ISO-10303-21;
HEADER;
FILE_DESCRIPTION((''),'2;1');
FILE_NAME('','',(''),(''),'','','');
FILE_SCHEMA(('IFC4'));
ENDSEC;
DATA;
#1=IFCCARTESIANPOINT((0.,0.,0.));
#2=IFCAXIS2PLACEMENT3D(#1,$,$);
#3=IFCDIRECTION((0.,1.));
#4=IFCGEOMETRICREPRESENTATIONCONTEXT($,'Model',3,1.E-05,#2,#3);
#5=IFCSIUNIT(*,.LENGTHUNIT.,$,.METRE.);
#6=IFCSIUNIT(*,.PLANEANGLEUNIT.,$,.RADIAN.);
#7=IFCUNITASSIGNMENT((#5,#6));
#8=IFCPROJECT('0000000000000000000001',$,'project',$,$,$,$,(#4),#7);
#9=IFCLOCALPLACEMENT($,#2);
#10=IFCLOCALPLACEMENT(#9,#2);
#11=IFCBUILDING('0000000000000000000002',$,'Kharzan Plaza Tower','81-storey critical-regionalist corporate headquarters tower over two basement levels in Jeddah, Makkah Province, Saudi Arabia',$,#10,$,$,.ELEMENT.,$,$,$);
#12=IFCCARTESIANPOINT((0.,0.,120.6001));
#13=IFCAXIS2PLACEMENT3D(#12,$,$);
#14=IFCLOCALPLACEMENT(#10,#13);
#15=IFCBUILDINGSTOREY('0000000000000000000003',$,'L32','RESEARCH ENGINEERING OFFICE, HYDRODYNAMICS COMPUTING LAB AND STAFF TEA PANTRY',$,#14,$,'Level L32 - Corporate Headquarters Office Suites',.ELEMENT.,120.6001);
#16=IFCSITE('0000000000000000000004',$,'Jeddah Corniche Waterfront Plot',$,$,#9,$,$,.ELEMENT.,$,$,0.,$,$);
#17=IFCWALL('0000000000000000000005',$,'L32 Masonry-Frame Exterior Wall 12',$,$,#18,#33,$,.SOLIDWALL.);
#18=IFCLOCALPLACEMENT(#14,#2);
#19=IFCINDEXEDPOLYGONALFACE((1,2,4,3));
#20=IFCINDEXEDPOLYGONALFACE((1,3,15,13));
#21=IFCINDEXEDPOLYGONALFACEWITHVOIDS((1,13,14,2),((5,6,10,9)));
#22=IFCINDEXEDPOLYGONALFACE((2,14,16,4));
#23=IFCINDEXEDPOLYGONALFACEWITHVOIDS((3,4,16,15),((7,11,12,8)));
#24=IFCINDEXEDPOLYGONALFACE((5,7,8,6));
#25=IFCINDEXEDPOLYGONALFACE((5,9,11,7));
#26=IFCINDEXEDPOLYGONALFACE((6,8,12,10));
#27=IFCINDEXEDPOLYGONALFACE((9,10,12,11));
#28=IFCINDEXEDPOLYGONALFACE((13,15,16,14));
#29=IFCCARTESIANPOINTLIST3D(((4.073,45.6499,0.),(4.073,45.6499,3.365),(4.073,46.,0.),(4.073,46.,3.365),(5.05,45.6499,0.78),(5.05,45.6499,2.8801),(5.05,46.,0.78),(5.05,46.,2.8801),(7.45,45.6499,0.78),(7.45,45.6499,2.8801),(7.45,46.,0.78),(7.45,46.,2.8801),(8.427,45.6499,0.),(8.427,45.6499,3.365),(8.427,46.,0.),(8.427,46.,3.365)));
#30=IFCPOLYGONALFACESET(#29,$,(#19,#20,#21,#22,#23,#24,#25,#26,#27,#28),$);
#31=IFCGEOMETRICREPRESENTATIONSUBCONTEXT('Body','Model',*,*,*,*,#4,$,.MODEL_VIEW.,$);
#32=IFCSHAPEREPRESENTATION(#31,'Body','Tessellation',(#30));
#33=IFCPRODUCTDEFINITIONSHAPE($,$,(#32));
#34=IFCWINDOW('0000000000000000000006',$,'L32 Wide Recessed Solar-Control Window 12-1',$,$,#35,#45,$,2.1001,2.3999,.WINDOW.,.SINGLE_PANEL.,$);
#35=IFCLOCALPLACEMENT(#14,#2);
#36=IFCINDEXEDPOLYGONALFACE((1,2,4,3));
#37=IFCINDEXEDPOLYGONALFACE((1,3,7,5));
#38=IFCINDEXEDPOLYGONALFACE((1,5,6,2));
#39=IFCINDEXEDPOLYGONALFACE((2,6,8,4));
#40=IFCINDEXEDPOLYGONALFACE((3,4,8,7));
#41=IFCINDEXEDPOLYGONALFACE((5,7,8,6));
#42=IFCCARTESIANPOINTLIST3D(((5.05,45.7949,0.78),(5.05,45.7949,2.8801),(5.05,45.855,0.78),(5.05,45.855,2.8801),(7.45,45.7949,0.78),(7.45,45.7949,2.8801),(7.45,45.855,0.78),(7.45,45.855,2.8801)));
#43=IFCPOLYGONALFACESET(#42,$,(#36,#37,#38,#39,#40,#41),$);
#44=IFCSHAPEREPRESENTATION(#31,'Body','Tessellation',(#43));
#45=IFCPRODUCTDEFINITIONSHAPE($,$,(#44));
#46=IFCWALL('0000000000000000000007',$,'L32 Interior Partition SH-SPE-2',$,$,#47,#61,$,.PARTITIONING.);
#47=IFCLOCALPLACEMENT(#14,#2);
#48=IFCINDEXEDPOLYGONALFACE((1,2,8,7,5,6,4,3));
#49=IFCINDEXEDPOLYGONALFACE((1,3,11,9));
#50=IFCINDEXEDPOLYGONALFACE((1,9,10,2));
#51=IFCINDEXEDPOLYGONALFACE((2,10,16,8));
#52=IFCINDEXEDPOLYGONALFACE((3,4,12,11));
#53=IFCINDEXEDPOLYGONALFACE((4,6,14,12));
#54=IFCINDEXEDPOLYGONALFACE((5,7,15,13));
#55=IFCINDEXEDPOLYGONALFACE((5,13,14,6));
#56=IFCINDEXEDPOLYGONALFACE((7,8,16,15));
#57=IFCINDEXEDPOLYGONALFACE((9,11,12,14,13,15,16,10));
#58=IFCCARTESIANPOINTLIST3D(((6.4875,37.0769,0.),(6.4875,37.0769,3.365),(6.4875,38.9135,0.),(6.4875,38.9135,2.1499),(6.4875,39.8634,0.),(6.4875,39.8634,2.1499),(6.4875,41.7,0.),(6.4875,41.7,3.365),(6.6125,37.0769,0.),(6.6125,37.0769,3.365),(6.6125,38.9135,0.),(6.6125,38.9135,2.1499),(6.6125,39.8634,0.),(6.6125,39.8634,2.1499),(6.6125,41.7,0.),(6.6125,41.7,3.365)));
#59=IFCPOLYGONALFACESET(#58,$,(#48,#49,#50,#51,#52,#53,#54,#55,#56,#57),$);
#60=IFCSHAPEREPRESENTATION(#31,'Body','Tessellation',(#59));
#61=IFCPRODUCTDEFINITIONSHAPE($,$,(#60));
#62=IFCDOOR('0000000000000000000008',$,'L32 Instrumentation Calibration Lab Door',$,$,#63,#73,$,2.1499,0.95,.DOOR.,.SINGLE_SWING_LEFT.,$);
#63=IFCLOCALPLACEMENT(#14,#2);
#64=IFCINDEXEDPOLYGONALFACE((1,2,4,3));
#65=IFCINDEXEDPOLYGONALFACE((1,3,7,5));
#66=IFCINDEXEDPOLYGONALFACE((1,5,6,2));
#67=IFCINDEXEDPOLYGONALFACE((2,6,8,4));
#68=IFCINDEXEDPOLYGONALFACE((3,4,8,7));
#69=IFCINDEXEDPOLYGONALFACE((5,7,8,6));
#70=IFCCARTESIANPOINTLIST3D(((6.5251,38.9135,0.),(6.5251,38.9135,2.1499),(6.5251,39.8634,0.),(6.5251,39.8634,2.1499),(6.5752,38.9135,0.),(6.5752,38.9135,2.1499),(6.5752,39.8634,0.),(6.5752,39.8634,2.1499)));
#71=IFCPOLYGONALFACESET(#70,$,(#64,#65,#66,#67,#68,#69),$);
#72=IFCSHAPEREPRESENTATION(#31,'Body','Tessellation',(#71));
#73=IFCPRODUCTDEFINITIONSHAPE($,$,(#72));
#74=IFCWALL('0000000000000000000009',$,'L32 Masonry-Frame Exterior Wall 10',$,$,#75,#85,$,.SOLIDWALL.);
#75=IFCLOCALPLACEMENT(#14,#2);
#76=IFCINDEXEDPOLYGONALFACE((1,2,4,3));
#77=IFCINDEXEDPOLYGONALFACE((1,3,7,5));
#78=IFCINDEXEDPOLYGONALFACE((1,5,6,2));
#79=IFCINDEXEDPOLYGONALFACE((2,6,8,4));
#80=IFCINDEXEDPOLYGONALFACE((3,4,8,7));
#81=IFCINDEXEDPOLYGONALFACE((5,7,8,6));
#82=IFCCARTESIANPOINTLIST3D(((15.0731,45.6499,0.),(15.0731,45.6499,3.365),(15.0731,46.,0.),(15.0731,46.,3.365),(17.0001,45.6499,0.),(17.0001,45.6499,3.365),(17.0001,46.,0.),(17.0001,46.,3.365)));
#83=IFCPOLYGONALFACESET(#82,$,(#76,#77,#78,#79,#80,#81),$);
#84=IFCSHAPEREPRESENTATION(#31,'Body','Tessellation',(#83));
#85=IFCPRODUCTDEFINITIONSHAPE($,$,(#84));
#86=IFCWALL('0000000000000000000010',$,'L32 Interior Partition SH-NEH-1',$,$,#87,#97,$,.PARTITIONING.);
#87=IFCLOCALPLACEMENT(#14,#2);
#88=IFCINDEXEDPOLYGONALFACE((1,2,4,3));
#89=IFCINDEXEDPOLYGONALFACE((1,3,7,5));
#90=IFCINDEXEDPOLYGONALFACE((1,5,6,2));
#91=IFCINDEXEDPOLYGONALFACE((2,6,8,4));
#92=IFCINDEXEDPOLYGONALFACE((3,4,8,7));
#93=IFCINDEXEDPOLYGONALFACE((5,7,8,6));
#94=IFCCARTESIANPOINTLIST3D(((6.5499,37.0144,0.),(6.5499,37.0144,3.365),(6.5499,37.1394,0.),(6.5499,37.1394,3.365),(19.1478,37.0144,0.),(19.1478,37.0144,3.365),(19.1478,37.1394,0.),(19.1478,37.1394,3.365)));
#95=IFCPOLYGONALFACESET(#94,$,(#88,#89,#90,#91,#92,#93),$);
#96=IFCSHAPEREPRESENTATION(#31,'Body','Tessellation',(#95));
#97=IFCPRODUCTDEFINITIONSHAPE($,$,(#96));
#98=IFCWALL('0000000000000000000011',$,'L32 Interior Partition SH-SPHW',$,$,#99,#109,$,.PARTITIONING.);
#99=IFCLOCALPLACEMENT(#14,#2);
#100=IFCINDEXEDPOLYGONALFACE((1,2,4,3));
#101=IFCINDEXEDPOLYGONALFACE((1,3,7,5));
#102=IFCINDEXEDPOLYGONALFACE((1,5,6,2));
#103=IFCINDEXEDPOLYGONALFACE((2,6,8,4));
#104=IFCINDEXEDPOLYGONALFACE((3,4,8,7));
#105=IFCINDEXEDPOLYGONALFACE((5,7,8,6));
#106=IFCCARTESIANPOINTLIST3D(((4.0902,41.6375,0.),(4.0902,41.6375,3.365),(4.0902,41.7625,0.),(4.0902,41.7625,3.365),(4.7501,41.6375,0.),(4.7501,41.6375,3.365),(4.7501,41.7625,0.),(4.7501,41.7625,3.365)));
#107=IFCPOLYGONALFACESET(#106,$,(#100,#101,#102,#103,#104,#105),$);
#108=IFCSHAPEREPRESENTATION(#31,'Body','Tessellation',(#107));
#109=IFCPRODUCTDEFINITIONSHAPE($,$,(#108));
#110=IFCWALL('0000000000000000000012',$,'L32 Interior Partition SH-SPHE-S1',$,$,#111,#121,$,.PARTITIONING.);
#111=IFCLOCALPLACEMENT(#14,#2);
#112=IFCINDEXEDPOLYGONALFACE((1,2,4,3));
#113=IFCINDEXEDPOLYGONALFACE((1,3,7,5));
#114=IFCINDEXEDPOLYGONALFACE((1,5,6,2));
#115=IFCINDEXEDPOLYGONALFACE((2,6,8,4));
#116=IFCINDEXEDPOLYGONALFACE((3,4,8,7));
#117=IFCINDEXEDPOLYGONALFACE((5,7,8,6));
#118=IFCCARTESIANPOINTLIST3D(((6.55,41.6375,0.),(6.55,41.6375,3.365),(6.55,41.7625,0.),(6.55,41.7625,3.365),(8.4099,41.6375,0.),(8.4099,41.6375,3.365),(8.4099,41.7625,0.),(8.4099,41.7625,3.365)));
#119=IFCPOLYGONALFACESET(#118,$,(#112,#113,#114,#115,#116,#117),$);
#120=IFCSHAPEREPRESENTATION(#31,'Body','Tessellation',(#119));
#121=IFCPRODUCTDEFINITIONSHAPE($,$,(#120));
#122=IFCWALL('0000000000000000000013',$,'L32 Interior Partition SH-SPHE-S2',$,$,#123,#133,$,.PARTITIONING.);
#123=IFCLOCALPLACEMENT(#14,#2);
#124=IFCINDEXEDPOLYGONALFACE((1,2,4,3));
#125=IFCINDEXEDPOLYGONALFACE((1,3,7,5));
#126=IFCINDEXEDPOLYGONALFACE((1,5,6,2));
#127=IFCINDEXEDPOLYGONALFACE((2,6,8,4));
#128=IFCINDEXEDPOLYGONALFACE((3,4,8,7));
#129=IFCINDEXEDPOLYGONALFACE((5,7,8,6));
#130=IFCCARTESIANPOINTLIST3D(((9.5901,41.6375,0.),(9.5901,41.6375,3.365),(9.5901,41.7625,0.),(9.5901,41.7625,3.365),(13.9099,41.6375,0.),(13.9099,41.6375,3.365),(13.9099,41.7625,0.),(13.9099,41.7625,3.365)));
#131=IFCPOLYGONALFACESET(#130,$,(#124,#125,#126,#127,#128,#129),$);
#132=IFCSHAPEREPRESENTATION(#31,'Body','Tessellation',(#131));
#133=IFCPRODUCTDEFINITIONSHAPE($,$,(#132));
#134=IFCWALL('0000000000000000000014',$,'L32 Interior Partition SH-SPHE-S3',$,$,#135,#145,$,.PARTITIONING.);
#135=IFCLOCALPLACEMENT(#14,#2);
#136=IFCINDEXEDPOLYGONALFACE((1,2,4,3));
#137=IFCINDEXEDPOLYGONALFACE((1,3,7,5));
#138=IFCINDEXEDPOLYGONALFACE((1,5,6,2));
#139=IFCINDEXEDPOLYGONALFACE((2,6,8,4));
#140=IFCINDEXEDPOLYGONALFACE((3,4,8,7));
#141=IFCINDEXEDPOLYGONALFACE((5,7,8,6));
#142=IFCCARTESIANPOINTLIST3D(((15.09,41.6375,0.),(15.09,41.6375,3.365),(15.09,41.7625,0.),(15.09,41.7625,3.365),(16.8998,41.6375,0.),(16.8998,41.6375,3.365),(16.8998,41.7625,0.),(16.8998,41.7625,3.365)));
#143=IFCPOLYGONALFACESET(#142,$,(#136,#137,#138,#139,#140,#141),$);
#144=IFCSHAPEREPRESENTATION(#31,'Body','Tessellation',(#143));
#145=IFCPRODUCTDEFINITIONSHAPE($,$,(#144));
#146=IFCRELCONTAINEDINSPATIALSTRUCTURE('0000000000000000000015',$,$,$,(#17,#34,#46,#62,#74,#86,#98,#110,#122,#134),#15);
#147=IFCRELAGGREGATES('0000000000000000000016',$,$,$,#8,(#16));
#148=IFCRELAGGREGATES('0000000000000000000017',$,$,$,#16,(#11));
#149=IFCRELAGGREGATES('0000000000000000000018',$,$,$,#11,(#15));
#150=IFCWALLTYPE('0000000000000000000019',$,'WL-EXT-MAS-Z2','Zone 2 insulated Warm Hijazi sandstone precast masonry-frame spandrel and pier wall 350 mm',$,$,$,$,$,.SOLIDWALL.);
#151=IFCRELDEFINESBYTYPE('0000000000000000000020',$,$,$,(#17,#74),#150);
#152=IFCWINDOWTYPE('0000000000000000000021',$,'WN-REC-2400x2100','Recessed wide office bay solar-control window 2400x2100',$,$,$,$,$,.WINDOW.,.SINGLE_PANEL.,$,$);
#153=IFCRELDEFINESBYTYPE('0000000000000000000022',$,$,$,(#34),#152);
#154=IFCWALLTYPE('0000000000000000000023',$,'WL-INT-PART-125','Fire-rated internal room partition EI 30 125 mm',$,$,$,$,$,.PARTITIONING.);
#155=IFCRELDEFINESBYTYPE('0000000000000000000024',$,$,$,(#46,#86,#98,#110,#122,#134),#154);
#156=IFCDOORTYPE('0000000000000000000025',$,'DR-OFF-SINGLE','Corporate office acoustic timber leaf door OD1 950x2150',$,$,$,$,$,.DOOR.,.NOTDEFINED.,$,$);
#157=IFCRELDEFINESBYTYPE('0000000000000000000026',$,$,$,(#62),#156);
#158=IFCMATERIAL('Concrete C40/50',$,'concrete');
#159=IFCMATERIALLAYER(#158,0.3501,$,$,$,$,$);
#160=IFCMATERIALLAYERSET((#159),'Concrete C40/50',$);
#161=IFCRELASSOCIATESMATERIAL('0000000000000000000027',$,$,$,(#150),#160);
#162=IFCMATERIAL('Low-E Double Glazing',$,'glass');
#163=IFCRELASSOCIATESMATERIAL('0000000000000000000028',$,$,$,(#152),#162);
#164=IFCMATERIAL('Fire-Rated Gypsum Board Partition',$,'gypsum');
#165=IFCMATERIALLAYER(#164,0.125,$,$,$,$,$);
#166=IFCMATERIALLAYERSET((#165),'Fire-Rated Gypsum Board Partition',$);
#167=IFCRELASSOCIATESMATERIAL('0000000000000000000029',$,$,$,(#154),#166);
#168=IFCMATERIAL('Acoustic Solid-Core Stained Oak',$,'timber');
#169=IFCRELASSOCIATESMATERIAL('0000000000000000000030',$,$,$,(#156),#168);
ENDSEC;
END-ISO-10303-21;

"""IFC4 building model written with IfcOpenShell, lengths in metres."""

from ifc_helpers import new_model, si_unit, direction, frame, frame_2d, origin, place, context, subcontext, project, spatial, rectangle, extrude, source, transform, mapped, material, layer, layer_set, type_object, element, fill, save


model = new_model("IFC4")

# Units and contexts
model_context = context("Model", 3, precision=1e-05, world=origin(), true_north=direction((0.0, 1.0)))
body_context = subcontext(model_context, "Body", "Model", "MODEL_VIEW")
ifc_project = project(units=[si_unit("LENGTHUNIT", "METRE"), si_unit("PLANEANGLEUNIT", "RADIAN")], contexts=[model_context])

# Site, building, storey
site_placement = place(None, origin())
site = spatial("IfcSite", under=ifc_project, at=site_placement, Name="Jeddah Corniche Waterfront Plot", CompositionType="ELEMENT", RefElevation=0.0)
building_placement = place(site_placement, origin())
building = spatial("IfcBuilding", under=site, at=building_placement, Name="Kharzan Plaza Tower", Description="81-storey critical-regionalist corporate headquarters tower over two basement levels in Jeddah, Makkah Province, Saudi Arabia", CompositionType="ELEMENT")
storey_placement = place(building_placement, frame((0.0, 0.0, 120.6001)))
storey = spatial("IfcBuildingStorey", under=building, at=storey_placement, Name="L32", Description="RESEARCH ENGINEERING OFFICE, HYDRODYNAMICS COMPUTING LAB AND STAFF TEA PANTRY", LongName="Level L32 - Corporate Headquarters Office Suites", CompositionType="ELEMENT", Elevation=120.6001)

# Wall, opening, window
ifc_material_1 = material(Name="Concrete C40/50", Category="concrete")
ifc_layer_1 = layer(ifc_material_1, 0.3501)
ifc_layer_set_1 = layer_set([ifc_layer_1], Name="Concrete C40/50")
wall_type_1 = type_object("IfcWallType", Name="WL-EXT-MAS-Z2", Description="Zone 2 insulated Warm Hijazi sandstone precast masonry-frame spandrel and pier wall 350 mm", PredefinedType="SOLIDWALL", material=ifc_layer_set_1)
ifc_material_2 = material(Name="Low-E Double Glazing", Category="glass")
window_type_1 = type_object("IfcWindowType", Name="WN-REC-2400x2100", Description="Recessed wide office bay solar-control window 2400x2100", PartitioningType="SINGLE_PANEL", PredefinedType="WINDOW", material=ifc_material_2)
shared_shape_1 = source(origin(), body_context, "Body", "SweptSolid", [
    extrude(rectangle(XDim=2.3999, YDim=2.1001, at=frame_2d((1.2, 1.05))), frame((0.0, 0.03, 0.0), z_axis=(0.0, -1.0, 0.0), x_axis=(1.0, 0.0, 0.0)), (0.0, 0.0, 1.0), 0.0601),
])
wall_1_placement = place(storey_placement, frame((8.427, 45.825, 0.0), z_axis=(0.0, 0.0, 1.0), x_axis=(-1.0, 0.0, 0.0)))
wall_1 = element("IfcWall", 1, at=wall_1_placement, inside=storey, type_object=wall_type_1, Name="L32 Masonry-Frame Exterior Wall 12", PredefinedType="SOLIDWALL", context=body_context, shape_type="SweptSolid", body=[
    extrude(rectangle(XDim=4.354, YDim=0.3501, at=frame_2d((2.177, 0.0))), origin(), (0.0, 0.0, 1.0), 3.365),
])
opening_1_placement = place(wall_1_placement, frame((0.9771, 0.0, 0.78)))
opening_1 = element("IfcOpeningElement", 2, at=opening_1_placement, cuts=wall_1, PredefinedType="OPENING", context=body_context, shape_type="SweptSolid", body=[
    extrude(rectangle(XDim=2.3999, YDim=2.1001, at=frame_2d((1.2, 1.05))), frame((0.0, 0.1851, 0.0), z_axis=(0.0, -1.0, 0.0), x_axis=(1.0, 0.0, 0.0)), (0.0, 0.0, 1.0), 0.3701),
])
window_1_placement = place(opening_1_placement, origin())
window_1 = element("IfcWindow", 3, at=window_1_placement, inside=storey, type_object=window_type_1, Name="L32 Wide Recessed Solar-Control Window 12-1", OverallHeight=2.1001, OverallWidth=2.3999, PartitioningType="SINGLE_PANEL", PredefinedType="WINDOW", context=body_context, shape_type="MappedRepresentation", body=[
    mapped(shared_shape_1, transform((0.0, 0.0, 0.0), x_axis=(1.0, 0.0, 0.0), y_axis=(0.0, 1.0, 0.0), z_axis=(0.0, 0.0, 1.0))),
])
fill(opening_1, window_1)

# Wall, opening, door
ifc_material_3 = material(Name="Fire-Rated Gypsum Board Partition", Category="gypsum")
ifc_layer_2 = layer(ifc_material_3, 0.125)
ifc_layer_set_2 = layer_set([ifc_layer_2], Name="Fire-Rated Gypsum Board Partition")
wall_type_2 = type_object("IfcWallType", Name="WL-INT-PART-125", Description="Fire-rated internal room partition EI 30 125 mm", PredefinedType="PARTITIONING", material=ifc_layer_set_2)
wall_2_placement = place(storey_placement, frame((6.55, 37.0769, 0.0), z_axis=(0.0, 0.0, 1.0), x_axis=(0.0, 1.0, 0.0)))
wall_2 = element("IfcWall", 4, at=wall_2_placement, inside=storey, type_object=wall_type_2, Name="L32 Interior Partition SH-SPE-2", PredefinedType="PARTITIONING", context=body_context, shape_type="SweptSolid", body=[
    extrude(rectangle(XDim=4.623, YDim=0.125, at=frame_2d((2.3115, 0.0))), origin(), (0.0, 0.0, 1.0), 3.365),
])
opening_2_placement = place(wall_2_placement, frame((1.8364, 0.0, 0.0)))
opening_2 = element("IfcOpeningElement", 5, at=opening_2_placement, cuts=wall_2, PredefinedType="OPENING", context=body_context, shape_type="SweptSolid", body=[
    extrude(rectangle(XDim=0.95, YDim=2.1499, at=frame_2d((0.4751, 1.075))), frame((0.0, 0.0725, 0.0), z_axis=(0.0, -1.0, 0.0), x_axis=(1.0, 0.0, 0.0)), (0.0, 0.0, 1.0), 0.145),
])
ifc_material_4 = material(Name="Acoustic Solid-Core Stained Oak", Category="timber")
door_type = type_object("IfcDoorType", Name="DR-OFF-SINGLE", Description="Corporate office acoustic timber leaf door OD1 950x2150", OperationType="NOTDEFINED", PredefinedType="DOOR", material=ifc_material_4)
shared_shape_2 = source(origin(), body_context, "Body", "SweptSolid", [
    extrude(rectangle(XDim=0.95, YDim=2.1499, at=frame_2d((0.4751, 1.075))), frame((0.0, 0.0249, 0.0), z_axis=(0.0, -1.0, 0.0), x_axis=(1.0, 0.0, 0.0)), (0.0, 0.0, 1.0), 0.05),
])
door_1_placement = place(opening_2_placement, origin())
door_1 = element("IfcDoor", 6, at=door_1_placement, inside=storey, type_object=door_type, Name="L32 Instrumentation Calibration Lab Door", OperationType="SINGLE_SWING_LEFT", OverallHeight=2.1499, OverallWidth=0.95, PredefinedType="DOOR", context=body_context, shape_type="MappedRepresentation", body=[
    mapped(shared_shape_2, transform((0.0, 0.0, 0.0), x_axis=(1.0, 0.0, 0.0), y_axis=(0.0, 1.0, 0.0), z_axis=(0.0, 0.0, 1.0))),
])
fill(opening_2, door_1)

# Walls
shared_shape_3 = source(origin(), body_context, "Body", "SweptSolid", [
    extrude(rectangle(XDim=1.927, YDim=0.3501, at=frame_2d((0.9634, 0.0))), origin(), (0.0, 0.0, 1.0), 3.365),
])
wall_3_placement = place(storey_placement, frame((17.0, 45.825, 0.0), z_axis=(0.0, 0.0, 1.0), x_axis=(-1.0, 0.0, 0.0)))
element("IfcWall", 7, at=wall_3_placement, inside=storey, type_object=wall_type_1, Name="L32 Masonry-Frame Exterior Wall 10", PredefinedType="SOLIDWALL", context=body_context, shape_type="MappedRepresentation", body=[
    mapped(shared_shape_3, transform((0.0, 0.0, 0.0), x_axis=(1.0, 0.0, 0.0), y_axis=(0.0, 1.0, 0.0), z_axis=(0.0, 0.0, 1.0))),
])
shared_shape_4 = source(origin(), body_context, "Body", "SweptSolid", [
    extrude(rectangle(XDim=12.5979, YDim=0.125, at=frame_2d((6.2988, 0.0))), origin(), (0.0, 0.0, 1.0), 3.365),
])
wall_4_placement = place(storey_placement, frame((6.55, 37.0769, 0.0), z_axis=(0.0, 0.0, 1.0), x_axis=(1.0, 0.0, 0.0)))
element("IfcWall", 8, at=wall_4_placement, inside=storey, type_object=wall_type_2, Name="L32 Interior Partition SH-NEH-1", PredefinedType="PARTITIONING", context=body_context, shape_type="MappedRepresentation", body=[
    mapped(shared_shape_4, transform((0.0, 0.0, 0.0), x_axis=(1.0, 0.0, 0.0), y_axis=(0.0, 1.0, 0.0), z_axis=(0.0, 0.0, 1.0))),
])
shared_shape_5 = source(origin(), body_context, "Body", "SweptSolid", [
    extrude(rectangle(XDim=0.6599, YDim=0.125, at=frame_2d((0.3301, 0.0))), origin(), (0.0, 0.0, 1.0), 3.365),
])
wall_5_placement = place(storey_placement, frame((4.0901, 41.7, 0.0), z_axis=(0.0, 0.0, 1.0), x_axis=(1.0, 0.0, 0.0)))
element("IfcWall", 9, at=wall_5_placement, inside=storey, type_object=wall_type_2, Name="L32 Interior Partition SH-SPHW", PredefinedType="PARTITIONING", context=body_context, shape_type="MappedRepresentation", body=[
    mapped(shared_shape_5, transform((0.0, 0.0, 0.0), x_axis=(1.0, 0.0, 0.0), y_axis=(0.0, 1.0, 0.0), z_axis=(0.0, 0.0, 1.0))),
])
shared_shape_6 = source(origin(), body_context, "Body", "SweptSolid", [
    extrude(rectangle(XDim=1.8599, YDim=0.125, at=frame_2d((0.9299, 0.0))), origin(), (0.0, 0.0, 1.0), 3.365),
])
wall_6_placement = place(storey_placement, frame((6.55, 41.7, 0.0), z_axis=(0.0, 0.0, 1.0), x_axis=(1.0, 0.0, 0.0)))
element("IfcWall", 10, at=wall_6_placement, inside=storey, type_object=wall_type_2, Name="L32 Interior Partition SH-SPHE-S1", PredefinedType="PARTITIONING", context=body_context, shape_type="MappedRepresentation", body=[
    mapped(shared_shape_6, transform((0.0, 0.0, 0.0), x_axis=(1.0, 0.0, 0.0), y_axis=(0.0, 1.0, 0.0), z_axis=(0.0, 0.0, 1.0))),
])
shared_shape_7 = source(origin(), body_context, "Body", "SweptSolid", [
    extrude(rectangle(XDim=4.3198, YDim=0.125, at=frame_2d((2.1599, 0.0))), origin(), (0.0, 0.0, 1.0), 3.365),
])
wall_7_placement = place(storey_placement, frame((9.5901, 41.7, 0.0), z_axis=(0.0, 0.0, 1.0), x_axis=(1.0, 0.0, 0.0)))
element("IfcWall", 11, at=wall_7_placement, inside=storey, type_object=wall_type_2, Name="L32 Interior Partition SH-SPHE-S2", PredefinedType="PARTITIONING", context=body_context, shape_type="MappedRepresentation", body=[
    mapped(shared_shape_7, transform((0.0, 0.0, 0.0), x_axis=(1.0, 0.0, 0.0), y_axis=(0.0, 1.0, 0.0), z_axis=(0.0, 0.0, 1.0))),
])
shared_shape_8 = source(origin(), body_context, "Body", "SweptSolid", [
    extrude(rectangle(XDim=1.8098, YDim=0.125, at=frame_2d((0.9048, 0.0))), origin(), (0.0, 0.0, 1.0), 3.365),
])
wall_8_placement = place(storey_placement, frame((15.0901, 41.7, 0.0), z_axis=(0.0, 0.0, 1.0), x_axis=(1.0, 0.0, 0.0)))
element("IfcWall", 12, at=wall_8_placement, inside=storey, type_object=wall_type_2, Name="L32 Interior Partition SH-SPHE-S3", PredefinedType="PARTITIONING", context=body_context, shape_type="MappedRepresentation", body=[
    mapped(shared_shape_8, transform((0.0, 0.0, 0.0), x_axis=(1.0, 0.0, 0.0), y_axis=(0.0, 1.0, 0.0), z_axis=(0.0, 0.0, 1.0))),
])

save(model, "model.ifc")
